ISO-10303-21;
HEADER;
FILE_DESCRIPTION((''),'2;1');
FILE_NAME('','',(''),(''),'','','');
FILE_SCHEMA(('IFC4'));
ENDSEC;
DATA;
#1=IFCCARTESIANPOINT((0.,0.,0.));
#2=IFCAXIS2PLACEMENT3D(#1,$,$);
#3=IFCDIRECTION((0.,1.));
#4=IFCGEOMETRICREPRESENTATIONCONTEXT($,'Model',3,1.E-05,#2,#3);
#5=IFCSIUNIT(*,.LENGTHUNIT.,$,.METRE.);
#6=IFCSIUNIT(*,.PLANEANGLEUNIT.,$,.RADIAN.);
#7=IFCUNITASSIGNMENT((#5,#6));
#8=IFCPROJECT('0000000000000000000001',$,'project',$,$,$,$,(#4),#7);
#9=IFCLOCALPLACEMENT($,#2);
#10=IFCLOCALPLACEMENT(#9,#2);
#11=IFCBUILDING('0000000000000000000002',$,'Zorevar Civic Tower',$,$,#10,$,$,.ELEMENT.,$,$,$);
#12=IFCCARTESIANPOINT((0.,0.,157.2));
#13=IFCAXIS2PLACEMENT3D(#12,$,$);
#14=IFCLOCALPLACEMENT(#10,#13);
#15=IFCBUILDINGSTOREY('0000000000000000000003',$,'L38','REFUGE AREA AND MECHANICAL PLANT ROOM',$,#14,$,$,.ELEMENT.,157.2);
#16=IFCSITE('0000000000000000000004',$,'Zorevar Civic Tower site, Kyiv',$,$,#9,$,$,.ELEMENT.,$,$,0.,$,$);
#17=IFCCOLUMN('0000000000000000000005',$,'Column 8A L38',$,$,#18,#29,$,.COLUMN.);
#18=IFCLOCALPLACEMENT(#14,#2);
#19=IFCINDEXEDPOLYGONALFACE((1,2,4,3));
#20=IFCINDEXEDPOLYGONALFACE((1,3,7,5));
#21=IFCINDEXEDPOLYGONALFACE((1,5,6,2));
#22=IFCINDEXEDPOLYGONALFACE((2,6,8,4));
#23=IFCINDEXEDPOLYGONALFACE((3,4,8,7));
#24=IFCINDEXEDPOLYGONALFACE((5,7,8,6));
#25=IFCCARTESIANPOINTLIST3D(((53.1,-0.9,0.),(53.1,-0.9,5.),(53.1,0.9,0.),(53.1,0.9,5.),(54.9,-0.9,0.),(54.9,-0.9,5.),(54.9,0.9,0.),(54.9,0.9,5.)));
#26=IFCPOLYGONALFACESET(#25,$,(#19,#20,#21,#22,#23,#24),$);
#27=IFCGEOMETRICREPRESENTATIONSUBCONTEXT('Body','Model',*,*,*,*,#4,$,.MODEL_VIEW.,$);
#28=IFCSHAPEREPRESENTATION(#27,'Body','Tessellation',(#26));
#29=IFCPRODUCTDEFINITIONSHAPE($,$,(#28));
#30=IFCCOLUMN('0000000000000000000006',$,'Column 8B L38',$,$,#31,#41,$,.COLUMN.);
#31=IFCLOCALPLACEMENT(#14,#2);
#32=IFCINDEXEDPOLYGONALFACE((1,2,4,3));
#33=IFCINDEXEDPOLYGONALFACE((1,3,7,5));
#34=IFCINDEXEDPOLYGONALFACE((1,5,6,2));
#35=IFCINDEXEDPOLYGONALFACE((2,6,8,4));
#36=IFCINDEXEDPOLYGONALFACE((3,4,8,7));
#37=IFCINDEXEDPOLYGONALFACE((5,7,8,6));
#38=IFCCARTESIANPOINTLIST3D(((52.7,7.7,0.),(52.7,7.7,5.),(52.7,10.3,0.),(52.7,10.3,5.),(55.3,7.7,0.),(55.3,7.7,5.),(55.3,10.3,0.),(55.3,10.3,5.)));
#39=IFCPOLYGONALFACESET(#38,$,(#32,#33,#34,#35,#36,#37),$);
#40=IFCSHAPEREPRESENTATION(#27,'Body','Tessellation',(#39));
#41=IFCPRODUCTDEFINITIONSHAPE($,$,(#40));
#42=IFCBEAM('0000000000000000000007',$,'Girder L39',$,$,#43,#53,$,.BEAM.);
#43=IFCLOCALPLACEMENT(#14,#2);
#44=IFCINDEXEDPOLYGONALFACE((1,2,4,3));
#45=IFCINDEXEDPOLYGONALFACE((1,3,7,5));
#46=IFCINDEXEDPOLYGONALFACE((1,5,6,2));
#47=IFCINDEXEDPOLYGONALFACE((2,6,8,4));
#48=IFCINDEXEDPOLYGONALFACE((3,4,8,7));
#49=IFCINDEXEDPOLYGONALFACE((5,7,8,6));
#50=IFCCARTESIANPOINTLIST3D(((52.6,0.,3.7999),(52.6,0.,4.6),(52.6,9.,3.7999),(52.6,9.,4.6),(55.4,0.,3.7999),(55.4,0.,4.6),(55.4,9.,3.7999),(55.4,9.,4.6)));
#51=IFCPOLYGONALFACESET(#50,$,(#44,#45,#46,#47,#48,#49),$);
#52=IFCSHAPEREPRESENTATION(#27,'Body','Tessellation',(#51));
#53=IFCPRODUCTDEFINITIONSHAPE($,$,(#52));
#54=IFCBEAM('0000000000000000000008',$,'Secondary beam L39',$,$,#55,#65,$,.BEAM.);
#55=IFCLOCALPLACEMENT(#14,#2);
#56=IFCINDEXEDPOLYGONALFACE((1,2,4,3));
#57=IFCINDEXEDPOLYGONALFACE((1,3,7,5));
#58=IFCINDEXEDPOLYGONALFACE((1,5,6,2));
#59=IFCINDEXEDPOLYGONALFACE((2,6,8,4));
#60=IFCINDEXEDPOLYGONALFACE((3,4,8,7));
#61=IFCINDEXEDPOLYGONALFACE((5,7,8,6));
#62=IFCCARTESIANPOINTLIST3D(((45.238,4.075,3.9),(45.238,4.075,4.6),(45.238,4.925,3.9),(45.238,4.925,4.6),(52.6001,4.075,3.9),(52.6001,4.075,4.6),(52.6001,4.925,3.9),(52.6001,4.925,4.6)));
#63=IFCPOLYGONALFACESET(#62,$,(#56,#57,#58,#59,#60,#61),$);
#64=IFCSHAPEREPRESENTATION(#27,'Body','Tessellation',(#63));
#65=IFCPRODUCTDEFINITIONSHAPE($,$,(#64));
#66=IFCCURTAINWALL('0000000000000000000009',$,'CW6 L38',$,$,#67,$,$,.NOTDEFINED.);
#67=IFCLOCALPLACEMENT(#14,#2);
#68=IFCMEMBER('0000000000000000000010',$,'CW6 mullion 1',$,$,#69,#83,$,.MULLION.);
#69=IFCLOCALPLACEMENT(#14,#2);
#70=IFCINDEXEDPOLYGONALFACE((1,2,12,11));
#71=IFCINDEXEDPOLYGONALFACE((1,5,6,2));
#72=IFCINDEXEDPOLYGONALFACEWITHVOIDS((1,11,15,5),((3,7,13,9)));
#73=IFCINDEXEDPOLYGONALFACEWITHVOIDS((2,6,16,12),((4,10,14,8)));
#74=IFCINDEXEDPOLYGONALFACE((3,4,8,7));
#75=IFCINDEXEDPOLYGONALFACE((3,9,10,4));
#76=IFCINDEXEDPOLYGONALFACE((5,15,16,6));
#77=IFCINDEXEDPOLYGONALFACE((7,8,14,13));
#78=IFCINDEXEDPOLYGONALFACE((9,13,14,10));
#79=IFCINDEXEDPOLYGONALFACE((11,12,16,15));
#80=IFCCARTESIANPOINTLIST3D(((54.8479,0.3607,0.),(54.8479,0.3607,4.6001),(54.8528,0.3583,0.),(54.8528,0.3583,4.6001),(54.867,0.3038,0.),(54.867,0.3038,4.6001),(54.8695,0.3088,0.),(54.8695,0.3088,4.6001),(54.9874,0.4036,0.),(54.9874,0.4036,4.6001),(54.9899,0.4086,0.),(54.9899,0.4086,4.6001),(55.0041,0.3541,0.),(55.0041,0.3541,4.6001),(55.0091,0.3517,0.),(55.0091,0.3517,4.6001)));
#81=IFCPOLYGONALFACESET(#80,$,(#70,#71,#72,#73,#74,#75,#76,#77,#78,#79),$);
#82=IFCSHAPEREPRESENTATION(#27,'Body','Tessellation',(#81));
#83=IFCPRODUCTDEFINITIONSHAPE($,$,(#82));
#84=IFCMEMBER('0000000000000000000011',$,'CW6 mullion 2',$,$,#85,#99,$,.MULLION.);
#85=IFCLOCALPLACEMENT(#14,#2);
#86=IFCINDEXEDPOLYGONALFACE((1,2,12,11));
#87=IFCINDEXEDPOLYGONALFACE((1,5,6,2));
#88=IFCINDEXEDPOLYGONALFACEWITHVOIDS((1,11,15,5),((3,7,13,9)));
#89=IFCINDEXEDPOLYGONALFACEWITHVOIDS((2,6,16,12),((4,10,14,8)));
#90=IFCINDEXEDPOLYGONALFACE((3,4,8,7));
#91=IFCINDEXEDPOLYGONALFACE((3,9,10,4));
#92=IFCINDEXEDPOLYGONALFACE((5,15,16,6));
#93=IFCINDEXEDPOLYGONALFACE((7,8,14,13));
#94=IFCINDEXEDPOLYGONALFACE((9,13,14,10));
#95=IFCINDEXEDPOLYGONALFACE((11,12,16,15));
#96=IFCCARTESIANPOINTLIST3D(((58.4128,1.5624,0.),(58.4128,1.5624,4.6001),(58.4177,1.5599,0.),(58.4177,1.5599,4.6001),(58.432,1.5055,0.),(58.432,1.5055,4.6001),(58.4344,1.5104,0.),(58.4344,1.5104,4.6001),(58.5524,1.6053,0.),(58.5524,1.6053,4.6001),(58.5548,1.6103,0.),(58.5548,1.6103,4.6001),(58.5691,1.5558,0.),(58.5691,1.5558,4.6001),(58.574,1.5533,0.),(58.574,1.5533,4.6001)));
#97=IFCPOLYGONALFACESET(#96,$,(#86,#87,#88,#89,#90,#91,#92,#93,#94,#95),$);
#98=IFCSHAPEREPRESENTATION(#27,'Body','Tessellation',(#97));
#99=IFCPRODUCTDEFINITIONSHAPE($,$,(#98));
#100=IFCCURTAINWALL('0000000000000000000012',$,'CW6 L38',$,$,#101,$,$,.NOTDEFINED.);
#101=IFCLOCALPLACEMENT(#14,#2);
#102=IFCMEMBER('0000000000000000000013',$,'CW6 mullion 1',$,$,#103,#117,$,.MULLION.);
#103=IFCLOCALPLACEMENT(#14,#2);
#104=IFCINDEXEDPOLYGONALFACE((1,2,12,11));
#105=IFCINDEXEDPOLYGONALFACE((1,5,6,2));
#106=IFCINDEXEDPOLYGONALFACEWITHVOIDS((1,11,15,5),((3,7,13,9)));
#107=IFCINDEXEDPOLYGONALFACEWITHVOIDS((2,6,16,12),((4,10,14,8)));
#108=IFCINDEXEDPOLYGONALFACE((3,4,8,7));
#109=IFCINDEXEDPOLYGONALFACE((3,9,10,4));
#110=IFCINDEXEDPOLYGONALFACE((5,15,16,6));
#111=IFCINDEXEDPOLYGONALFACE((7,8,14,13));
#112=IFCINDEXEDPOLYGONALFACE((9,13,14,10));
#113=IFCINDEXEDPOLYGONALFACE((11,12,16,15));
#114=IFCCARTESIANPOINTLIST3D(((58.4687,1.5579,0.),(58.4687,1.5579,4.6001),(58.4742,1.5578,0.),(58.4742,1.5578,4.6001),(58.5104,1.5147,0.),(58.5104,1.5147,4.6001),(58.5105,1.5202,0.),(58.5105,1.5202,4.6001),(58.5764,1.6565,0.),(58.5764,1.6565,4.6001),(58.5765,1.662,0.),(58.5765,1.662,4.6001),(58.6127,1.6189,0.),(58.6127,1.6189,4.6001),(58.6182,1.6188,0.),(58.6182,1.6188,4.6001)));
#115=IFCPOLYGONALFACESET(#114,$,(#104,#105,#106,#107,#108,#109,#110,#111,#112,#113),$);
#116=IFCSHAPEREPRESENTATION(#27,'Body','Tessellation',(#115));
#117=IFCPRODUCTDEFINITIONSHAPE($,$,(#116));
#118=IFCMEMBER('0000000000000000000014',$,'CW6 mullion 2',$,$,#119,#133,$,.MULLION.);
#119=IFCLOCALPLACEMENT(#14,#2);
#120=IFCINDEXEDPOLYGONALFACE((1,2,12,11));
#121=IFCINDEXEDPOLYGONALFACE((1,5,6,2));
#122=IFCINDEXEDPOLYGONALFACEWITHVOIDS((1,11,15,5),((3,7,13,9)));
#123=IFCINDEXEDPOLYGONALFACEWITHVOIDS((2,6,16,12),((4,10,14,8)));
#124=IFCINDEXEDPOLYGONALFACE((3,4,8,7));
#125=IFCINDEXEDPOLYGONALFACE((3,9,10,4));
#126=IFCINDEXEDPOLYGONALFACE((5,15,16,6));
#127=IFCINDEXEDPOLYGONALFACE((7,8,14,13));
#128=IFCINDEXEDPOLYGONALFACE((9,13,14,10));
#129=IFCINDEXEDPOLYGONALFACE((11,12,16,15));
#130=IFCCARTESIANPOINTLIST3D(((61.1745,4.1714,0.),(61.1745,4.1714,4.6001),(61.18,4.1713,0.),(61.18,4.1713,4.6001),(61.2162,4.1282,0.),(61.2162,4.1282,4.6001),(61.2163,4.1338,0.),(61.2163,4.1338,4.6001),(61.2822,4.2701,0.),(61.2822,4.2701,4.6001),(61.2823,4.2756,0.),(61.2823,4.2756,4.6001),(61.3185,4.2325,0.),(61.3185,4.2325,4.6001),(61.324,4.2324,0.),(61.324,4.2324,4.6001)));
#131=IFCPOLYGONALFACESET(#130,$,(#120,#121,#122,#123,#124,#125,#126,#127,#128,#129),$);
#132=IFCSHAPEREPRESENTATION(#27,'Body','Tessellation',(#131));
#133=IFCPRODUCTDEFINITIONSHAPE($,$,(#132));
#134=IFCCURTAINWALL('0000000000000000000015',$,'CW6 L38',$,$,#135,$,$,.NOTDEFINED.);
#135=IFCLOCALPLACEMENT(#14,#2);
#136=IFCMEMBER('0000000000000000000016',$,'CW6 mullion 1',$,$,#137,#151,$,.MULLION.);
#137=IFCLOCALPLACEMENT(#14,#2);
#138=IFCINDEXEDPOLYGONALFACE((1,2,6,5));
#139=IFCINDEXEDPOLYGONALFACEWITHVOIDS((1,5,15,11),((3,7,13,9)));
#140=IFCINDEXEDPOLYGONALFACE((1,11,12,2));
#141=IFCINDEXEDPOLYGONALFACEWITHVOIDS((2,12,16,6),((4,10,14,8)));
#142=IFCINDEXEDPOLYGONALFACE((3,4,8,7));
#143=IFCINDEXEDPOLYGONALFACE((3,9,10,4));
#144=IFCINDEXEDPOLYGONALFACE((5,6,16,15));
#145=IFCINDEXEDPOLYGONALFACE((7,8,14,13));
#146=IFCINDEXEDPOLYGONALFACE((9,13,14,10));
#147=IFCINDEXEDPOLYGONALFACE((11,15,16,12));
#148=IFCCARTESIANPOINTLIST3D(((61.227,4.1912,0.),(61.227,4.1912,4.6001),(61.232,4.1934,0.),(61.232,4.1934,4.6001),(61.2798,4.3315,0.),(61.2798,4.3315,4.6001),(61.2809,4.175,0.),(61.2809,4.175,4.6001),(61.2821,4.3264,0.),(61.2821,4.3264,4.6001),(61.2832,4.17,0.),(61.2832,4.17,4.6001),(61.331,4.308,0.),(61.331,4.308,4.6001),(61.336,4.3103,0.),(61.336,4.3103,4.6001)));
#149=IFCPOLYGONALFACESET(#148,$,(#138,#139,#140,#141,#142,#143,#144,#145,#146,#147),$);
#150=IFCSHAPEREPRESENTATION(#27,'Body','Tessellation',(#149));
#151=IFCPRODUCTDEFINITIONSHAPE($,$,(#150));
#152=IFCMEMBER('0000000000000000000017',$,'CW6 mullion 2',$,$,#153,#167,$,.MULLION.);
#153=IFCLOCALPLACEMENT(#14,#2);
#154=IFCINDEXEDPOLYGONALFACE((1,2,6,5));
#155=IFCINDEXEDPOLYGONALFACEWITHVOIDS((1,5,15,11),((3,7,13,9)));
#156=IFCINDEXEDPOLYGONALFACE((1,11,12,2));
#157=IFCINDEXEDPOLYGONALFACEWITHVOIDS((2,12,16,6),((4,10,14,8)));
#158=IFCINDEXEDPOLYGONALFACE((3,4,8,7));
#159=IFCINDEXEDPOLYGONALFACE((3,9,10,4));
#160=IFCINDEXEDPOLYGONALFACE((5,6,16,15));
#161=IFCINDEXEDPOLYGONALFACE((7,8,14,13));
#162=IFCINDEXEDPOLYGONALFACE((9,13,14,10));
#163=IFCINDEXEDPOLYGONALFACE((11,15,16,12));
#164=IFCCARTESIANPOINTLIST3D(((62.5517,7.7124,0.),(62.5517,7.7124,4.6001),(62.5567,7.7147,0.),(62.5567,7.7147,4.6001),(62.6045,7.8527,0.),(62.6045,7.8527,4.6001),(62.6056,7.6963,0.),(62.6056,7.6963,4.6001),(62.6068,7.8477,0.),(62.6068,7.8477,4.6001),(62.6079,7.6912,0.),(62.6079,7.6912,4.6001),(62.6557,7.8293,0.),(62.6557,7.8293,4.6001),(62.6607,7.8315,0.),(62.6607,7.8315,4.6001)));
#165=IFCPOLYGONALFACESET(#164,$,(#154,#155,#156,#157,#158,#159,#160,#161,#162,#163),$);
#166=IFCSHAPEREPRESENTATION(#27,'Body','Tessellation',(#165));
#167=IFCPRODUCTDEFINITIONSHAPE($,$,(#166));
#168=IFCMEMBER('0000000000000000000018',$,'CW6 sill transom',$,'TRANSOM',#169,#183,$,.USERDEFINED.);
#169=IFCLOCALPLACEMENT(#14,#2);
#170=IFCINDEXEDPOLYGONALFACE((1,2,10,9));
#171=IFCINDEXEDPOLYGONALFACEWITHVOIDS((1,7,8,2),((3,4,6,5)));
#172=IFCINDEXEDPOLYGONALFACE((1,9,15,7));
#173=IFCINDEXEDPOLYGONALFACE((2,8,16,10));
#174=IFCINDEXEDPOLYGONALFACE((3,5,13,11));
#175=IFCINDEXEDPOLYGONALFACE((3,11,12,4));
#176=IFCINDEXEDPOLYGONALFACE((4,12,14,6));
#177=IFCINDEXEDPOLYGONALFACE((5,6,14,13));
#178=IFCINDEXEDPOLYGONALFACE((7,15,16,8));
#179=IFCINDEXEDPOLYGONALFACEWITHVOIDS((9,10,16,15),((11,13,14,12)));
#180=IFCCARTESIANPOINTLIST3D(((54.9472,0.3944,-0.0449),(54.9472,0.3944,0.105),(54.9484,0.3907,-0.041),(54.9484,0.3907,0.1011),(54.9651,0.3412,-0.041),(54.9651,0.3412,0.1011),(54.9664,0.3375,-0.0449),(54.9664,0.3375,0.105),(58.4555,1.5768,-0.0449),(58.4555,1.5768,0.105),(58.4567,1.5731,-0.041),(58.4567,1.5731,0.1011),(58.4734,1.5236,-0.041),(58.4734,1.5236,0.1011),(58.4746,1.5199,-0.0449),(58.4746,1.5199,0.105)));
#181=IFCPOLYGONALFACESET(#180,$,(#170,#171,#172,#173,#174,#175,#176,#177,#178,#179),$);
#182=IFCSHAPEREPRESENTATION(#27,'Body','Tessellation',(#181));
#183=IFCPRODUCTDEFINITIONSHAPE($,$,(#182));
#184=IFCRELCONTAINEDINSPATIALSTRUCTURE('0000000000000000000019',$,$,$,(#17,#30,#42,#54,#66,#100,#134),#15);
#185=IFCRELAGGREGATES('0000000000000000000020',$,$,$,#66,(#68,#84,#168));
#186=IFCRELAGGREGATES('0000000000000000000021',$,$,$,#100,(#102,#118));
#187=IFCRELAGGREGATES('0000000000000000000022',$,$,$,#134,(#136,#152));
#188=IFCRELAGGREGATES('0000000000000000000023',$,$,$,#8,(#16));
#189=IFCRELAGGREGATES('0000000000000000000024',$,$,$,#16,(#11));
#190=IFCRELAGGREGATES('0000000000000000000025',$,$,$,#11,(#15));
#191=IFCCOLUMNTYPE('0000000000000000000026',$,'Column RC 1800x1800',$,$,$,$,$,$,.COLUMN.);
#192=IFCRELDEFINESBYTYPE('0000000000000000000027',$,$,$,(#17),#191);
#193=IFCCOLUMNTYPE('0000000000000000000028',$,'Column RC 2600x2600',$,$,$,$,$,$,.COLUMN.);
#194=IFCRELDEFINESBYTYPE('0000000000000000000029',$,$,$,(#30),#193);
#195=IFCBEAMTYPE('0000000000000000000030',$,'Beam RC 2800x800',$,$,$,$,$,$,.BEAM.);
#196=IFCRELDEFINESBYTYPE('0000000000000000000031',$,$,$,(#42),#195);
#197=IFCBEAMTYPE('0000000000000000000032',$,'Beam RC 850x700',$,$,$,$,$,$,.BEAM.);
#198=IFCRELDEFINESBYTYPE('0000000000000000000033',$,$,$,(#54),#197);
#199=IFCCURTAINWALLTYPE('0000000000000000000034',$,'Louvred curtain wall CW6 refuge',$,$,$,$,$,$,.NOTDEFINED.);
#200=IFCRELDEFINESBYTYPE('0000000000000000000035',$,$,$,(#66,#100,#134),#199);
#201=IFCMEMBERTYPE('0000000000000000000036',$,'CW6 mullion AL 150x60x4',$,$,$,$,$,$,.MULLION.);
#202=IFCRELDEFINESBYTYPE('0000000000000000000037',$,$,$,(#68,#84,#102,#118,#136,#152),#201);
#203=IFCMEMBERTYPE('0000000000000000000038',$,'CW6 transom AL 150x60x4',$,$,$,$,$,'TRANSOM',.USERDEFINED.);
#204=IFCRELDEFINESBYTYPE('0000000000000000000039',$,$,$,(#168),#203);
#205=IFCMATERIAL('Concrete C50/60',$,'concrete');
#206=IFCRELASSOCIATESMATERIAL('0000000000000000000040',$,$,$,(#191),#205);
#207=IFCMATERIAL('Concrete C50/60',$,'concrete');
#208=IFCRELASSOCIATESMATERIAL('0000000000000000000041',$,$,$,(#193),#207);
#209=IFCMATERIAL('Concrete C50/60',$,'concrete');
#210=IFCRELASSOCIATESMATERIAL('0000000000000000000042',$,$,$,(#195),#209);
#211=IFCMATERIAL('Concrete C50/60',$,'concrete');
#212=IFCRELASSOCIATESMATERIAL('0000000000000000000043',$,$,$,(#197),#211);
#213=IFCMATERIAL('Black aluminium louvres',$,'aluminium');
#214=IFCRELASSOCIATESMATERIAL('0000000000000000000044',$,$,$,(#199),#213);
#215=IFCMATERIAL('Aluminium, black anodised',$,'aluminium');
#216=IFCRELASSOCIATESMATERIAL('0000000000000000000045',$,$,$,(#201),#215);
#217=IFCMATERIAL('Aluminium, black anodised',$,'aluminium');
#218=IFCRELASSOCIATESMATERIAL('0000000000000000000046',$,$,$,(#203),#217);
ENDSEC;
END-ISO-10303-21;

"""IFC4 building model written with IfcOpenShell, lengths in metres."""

from ifc_helpers import new_model, si_unit, direction, frame, origin, origin_2d, place, context, subcontext, project, spatial, rectangle, hollow_rectangle, extrude, material, material_profile, profile_set, type_object, element, aggregate, save


model = new_model("IFC4")

# Units and contexts
model_context = context("Model", 3, precision=1e-05, world=origin(), true_north=direction((0.0, 1.0)))
body_context = subcontext(model_context, "Body", "Model", "MODEL_VIEW")
ifc_project = project(units=[si_unit("LENGTHUNIT", "METRE"), si_unit("PLANEANGLEUNIT", "RADIAN")], contexts=[model_context])

# Site, building, storey
site_placement = place(None, origin())
site = spatial("IfcSite", under=ifc_project, at=site_placement, Name="Zorevar Civic Tower site, Kyiv", CompositionType="ELEMENT", RefElevation=0.0)
building_placement = place(site_placement, origin())
building = spatial("IfcBuilding", under=site, at=building_placement, Name="Zorevar Civic Tower", CompositionType="ELEMENT")
storey_placement = place(building_placement, frame((0.0, 0.0, 157.2)))
storey = spatial("IfcBuildingStorey", under=building, at=storey_placement, Name="L38", Description="REFUGE AREA AND MECHANICAL PLANT ROOM", CompositionType="ELEMENT", Elevation=157.2)

# Columns
ifc_material_1 = material(Name="Concrete C50/60", Category="concrete")
ifc_material_profile_1 = material_profile(ifc_material_1, rectangle(XDim=1.8, YDim=1.8, at=origin_2d()), Name="RC 1800x1800")
ifc_profile_set_1 = profile_set([ifc_material_profile_1], Name="Concrete C50/60")
column_type_1 = type_object("IfcColumnType", Name="Column RC 1800x1800", PredefinedType="COLUMN", material=ifc_profile_set_1)
column_1_placement = place(storey_placement, frame((54.0, 0.0, 0.0), z_axis=(0.0, 0.0, 1.0), x_axis=(1.0, 0.0, 0.0)))
element("IfcColumn", 1, at=column_1_placement, inside=storey, type_object=column_type_1, Name="Column 8A L38", PredefinedType="COLUMN", context=body_context, shape_type="SweptSolid", body=[
    extrude(rectangle(XDim=1.8, YDim=1.8, at=origin_2d()), origin(), (0.0, 0.0, 1.0), 5.0),
])
ifc_material_2 = material(Name="Concrete C50/60", Category="concrete")
ifc_material_profile_2 = material_profile(ifc_material_2, rectangle(XDim=2.6001, YDim=2.6001, at=origin_2d()), Name="RC 2600x2600")
ifc_profile_set_2 = profile_set([ifc_material_profile_2], Name="Concrete C50/60")
column_type_2 = type_object("IfcColumnType", Name="Column RC 2600x2600", PredefinedType="COLUMN", material=ifc_profile_set_2)
column_2_placement = place(storey_placement, frame((54.0, 9.0, 0.0), z_axis=(0.0, 0.0, 1.0), x_axis=(1.0, 0.0, 0.0)))
element("IfcColumn", 2, at=column_2_placement, inside=storey, type_object=column_type_2, Name="Column 8B L38", PredefinedType="COLUMN", context=body_context, shape_type="SweptSolid", body=[
    extrude(rectangle(XDim=2.6001, YDim=2.6001, at=origin_2d()), origin(), (0.0, 0.0, 1.0), 5.0),
])

# Beams
ifc_material_3 = material(Name="Concrete C50/60", Category="concrete")
ifc_material_profile_3 = material_profile(ifc_material_3, rectangle(XDim=2.8, YDim=0.8, at=origin_2d()), Name="RC 2800x800")
ifc_profile_set_3 = profile_set([ifc_material_profile_3], Name="Concrete C50/60")
beam_type_1 = type_object("IfcBeamType", Name="Beam RC 2800x800", PredefinedType="BEAM", material=ifc_profile_set_3)
beam_1_placement = place(storey_placement, frame((54.0, 0.0, 4.2), z_axis=(0.0, 1.0, 0.0), x_axis=(-1.0, 0.0, 0.0)))
element("IfcBeam", 3, at=beam_1_placement, inside=storey, type_object=beam_type_1, Name="Girder L39", PredefinedType="BEAM", context=body_context, shape_type="SweptSolid", body=[
    extrude(rectangle(XDim=2.8, YDim=0.8, at=origin_2d()), origin(), (0.0, 0.0, 1.0), 9.0),
])
ifc_material_4 = material(Name="Concrete C50/60", Category="concrete")
ifc_material_profile_4 = material_profile(ifc_material_4, rectangle(XDim=0.8501, YDim=0.7, at=origin_2d()), Name="RC 850x700")
ifc_profile_set_4 = profile_set([ifc_material_profile_4], Name="Concrete C50/60")
beam_type_2 = type_object("IfcBeamType", Name="Beam RC 850x700", PredefinedType="BEAM", material=ifc_profile_set_4)
beam_2_placement = place(storey_placement, frame((45.238, 4.5, 4.25), z_axis=(1.0, 0.0, 0.0), x_axis=(0.0, 1.0, 0.0)))
element("IfcBeam", 4, at=beam_2_placement, inside=storey, type_object=beam_type_2, Name="Secondary beam L39", PredefinedType="BEAM", context=body_context, shape_type="SweptSolid", body=[
    extrude(rectangle(XDim=0.8501, YDim=0.7, at=origin_2d()), origin(), (0.0, 0.0, 1.0), 7.3621),
])

# Curtain walls, members
ifc_material_5 = material(Name="Black aluminium louvres", Category="aluminium")
curtain_wall_type = type_object("IfcCurtainWallType", Name="Louvred curtain wall CW6 refuge", PredefinedType="NOTDEFINED", material=ifc_material_5)
curtain_wall_1_placement = place(storey_placement, origin())
curtain_wall_1 = element("IfcCurtainWall", 5, at=curtain_wall_1_placement, inside=storey, type_object=curtain_wall_type, Name="CW6 L38", PredefinedType="NOTDEFINED")
ifc_material_6 = material(Name="Aluminium, black anodised", Category="aluminium")
ifc_material_profile_5 = material_profile(ifc_material_6, hollow_rectangle(XDim=0.0601, YDim=0.1499, WallThickness=0.0039, at=origin_2d()), Name="AL 150x60x4")
ifc_profile_set_5 = profile_set([ifc_material_profile_5], Name="Aluminium, black anodised")
member_type_1 = type_object("IfcMemberType", Name="CW6 mullion AL 150x60x4", PredefinedType="MULLION", material=ifc_profile_set_5)
member_1_placement = place(storey_placement, frame((54.9285, 0.3562, 0.0), z_axis=(0.0, 0.0, 1.0), x_axis=(-0.319413, 0.947616, 0.0)))
member_1 = element("IfcMember", 6, at=member_1_placement, type_object=member_type_1, Name="CW6 mullion 1", PredefinedType="MULLION", context=body_context, shape_type="SweptSolid", body=[
    extrude(hollow_rectangle(XDim=0.0601, YDim=0.1499, WallThickness=0.0039, at=origin_2d()), origin(), (0.0, 0.0, 1.0), 4.6001),
])
member_2_placement = place(storey_placement, frame((58.4934, 1.5579, 0.0), z_axis=(0.0, 0.0, 1.0), x_axis=(-0.319413, 0.947616, 0.0)))
member_2 = element("IfcMember", 7, at=member_2_placement, type_object=member_type_1, Name="CW6 mullion 2", PredefinedType="MULLION", context=body_context, shape_type="SweptSolid", body=[
    extrude(hollow_rectangle(XDim=0.0601, YDim=0.1499, WallThickness=0.0039, at=origin_2d()), origin(), (0.0, 0.0, 1.0), 4.6001),
])
curtain_wall_2_placement = place(storey_placement, origin())
curtain_wall_2 = element("IfcCurtainWall", 8, at=curtain_wall_2_placement, inside=storey, type_object=curtain_wall_type, Name="CW6 L38", PredefinedType="NOTDEFINED")
member_3_placement = place(storey_placement, frame((58.5435, 1.5884, 0.0), z_axis=(0.0, 0.0, 1.0), x_axis=(-0.694719, 0.719281, 0.0)))
member_3 = element("IfcMember", 9, at=member_3_placement, type_object=member_type_1, Name="CW6 mullion 1", PredefinedType="MULLION", context=body_context, shape_type="SweptSolid", body=[
    extrude(hollow_rectangle(XDim=0.0601, YDim=0.1499, WallThickness=0.0039, at=origin_2d()), origin(), (0.0, 0.0, 1.0), 4.6001),
])
member_4_placement = place(storey_placement, frame((61.2493, 4.2019, 0.0), z_axis=(0.0, 0.0, 1.0), x_axis=(-0.694719, 0.719281, 0.0)))
member_4 = element("IfcMember", 10, at=member_4_placement, type_object=member_type_1, Name="CW6 mullion 2", PredefinedType="MULLION", context=body_context, shape_type="SweptSolid", body=[
    extrude(hollow_rectangle(XDim=0.0601, YDim=0.1499, WallThickness=0.0039, at=origin_2d()), origin(), (0.0, 0.0, 1.0), 4.6001),
])
curtain_wall_3_placement = place(storey_placement, origin())
curtain_wall_3 = element("IfcCurtainWall", 11, at=curtain_wall_3_placement, inside=storey, type_object=curtain_wall_type, Name="CW6 L38", PredefinedType="NOTDEFINED")
member_5_placement = place(storey_placement, frame((61.2815, 4.2507, 0.0), z_axis=(0.0, 0.0, 1.0), x_axis=(-0.935951, 0.352132, 0.0)))
member_5 = element("IfcMember", 12, at=member_5_placement, type_object=member_type_1, Name="CW6 mullion 1", PredefinedType="MULLION", context=body_context, shape_type="SweptSolid", body=[
    extrude(hollow_rectangle(XDim=0.0601, YDim=0.1499, WallThickness=0.0039, at=origin_2d()), origin(), (0.0, 0.0, 1.0), 4.6001),
])
member_6_placement = place(storey_placement, frame((62.6062, 7.772, 0.0), z_axis=(0.0, 0.0, 1.0), x_axis=(-0.935951, 0.352132, 0.0)))
member_6 = element("IfcMember", 13, at=member_6_placement, type_object=member_type_1, Name="CW6 mullion 2", PredefinedType="MULLION", context=body_context, shape_type="SweptSolid", body=[
    extrude(hollow_rectangle(XDim=0.0601, YDim=0.1499, WallThickness=0.0039, at=origin_2d()), origin(), (0.0, 0.0, 1.0), 4.6001),
])

# Member
ifc_material_7 = material(Name="Aluminium, black anodised", Category="aluminium")
ifc_material_profile_6 = material_profile(ifc_material_7, hollow_rectangle(XDim=0.0601, YDim=0.1499, WallThickness=0.0039, at=origin_2d()), Name="AL 150x60x4")
ifc_profile_set_6 = profile_set([ifc_material_profile_6], Name="Aluminium, black anodised")
member_type_2 = type_object("IfcMemberType", Name="CW6 transom AL 150x60x4", ElementType="TRANSOM", PredefinedType="USERDEFINED", material=ifc_profile_set_6)
member_7_placement = place(storey_placement, frame((54.9568, 0.366, 0.03), z_axis=(0.94763, 0.319372, 0.0), x_axis=(-0.319372, 0.94763, 0.0)))
member_7 = element("IfcMember", 14, at=member_7_placement, type_object=member_type_2, Name="CW6 sill transom", ObjectType="TRANSOM", PredefinedType="USERDEFINED", context=body_context, shape_type="SweptSolid", body=[
    extrude(hollow_rectangle(XDim=0.0601, YDim=0.1499, WallThickness=0.0039, at=origin_2d()), origin(), (0.0, 0.0, 1.0), 3.7021),
])

aggregate(curtain_wall_1, [member_1, member_2, member_7])
aggregate(curtain_wall_2, [member_3, member_4])
aggregate(curtain_wall_3, [member_5, member_6])

save(model, "model.ifc")
